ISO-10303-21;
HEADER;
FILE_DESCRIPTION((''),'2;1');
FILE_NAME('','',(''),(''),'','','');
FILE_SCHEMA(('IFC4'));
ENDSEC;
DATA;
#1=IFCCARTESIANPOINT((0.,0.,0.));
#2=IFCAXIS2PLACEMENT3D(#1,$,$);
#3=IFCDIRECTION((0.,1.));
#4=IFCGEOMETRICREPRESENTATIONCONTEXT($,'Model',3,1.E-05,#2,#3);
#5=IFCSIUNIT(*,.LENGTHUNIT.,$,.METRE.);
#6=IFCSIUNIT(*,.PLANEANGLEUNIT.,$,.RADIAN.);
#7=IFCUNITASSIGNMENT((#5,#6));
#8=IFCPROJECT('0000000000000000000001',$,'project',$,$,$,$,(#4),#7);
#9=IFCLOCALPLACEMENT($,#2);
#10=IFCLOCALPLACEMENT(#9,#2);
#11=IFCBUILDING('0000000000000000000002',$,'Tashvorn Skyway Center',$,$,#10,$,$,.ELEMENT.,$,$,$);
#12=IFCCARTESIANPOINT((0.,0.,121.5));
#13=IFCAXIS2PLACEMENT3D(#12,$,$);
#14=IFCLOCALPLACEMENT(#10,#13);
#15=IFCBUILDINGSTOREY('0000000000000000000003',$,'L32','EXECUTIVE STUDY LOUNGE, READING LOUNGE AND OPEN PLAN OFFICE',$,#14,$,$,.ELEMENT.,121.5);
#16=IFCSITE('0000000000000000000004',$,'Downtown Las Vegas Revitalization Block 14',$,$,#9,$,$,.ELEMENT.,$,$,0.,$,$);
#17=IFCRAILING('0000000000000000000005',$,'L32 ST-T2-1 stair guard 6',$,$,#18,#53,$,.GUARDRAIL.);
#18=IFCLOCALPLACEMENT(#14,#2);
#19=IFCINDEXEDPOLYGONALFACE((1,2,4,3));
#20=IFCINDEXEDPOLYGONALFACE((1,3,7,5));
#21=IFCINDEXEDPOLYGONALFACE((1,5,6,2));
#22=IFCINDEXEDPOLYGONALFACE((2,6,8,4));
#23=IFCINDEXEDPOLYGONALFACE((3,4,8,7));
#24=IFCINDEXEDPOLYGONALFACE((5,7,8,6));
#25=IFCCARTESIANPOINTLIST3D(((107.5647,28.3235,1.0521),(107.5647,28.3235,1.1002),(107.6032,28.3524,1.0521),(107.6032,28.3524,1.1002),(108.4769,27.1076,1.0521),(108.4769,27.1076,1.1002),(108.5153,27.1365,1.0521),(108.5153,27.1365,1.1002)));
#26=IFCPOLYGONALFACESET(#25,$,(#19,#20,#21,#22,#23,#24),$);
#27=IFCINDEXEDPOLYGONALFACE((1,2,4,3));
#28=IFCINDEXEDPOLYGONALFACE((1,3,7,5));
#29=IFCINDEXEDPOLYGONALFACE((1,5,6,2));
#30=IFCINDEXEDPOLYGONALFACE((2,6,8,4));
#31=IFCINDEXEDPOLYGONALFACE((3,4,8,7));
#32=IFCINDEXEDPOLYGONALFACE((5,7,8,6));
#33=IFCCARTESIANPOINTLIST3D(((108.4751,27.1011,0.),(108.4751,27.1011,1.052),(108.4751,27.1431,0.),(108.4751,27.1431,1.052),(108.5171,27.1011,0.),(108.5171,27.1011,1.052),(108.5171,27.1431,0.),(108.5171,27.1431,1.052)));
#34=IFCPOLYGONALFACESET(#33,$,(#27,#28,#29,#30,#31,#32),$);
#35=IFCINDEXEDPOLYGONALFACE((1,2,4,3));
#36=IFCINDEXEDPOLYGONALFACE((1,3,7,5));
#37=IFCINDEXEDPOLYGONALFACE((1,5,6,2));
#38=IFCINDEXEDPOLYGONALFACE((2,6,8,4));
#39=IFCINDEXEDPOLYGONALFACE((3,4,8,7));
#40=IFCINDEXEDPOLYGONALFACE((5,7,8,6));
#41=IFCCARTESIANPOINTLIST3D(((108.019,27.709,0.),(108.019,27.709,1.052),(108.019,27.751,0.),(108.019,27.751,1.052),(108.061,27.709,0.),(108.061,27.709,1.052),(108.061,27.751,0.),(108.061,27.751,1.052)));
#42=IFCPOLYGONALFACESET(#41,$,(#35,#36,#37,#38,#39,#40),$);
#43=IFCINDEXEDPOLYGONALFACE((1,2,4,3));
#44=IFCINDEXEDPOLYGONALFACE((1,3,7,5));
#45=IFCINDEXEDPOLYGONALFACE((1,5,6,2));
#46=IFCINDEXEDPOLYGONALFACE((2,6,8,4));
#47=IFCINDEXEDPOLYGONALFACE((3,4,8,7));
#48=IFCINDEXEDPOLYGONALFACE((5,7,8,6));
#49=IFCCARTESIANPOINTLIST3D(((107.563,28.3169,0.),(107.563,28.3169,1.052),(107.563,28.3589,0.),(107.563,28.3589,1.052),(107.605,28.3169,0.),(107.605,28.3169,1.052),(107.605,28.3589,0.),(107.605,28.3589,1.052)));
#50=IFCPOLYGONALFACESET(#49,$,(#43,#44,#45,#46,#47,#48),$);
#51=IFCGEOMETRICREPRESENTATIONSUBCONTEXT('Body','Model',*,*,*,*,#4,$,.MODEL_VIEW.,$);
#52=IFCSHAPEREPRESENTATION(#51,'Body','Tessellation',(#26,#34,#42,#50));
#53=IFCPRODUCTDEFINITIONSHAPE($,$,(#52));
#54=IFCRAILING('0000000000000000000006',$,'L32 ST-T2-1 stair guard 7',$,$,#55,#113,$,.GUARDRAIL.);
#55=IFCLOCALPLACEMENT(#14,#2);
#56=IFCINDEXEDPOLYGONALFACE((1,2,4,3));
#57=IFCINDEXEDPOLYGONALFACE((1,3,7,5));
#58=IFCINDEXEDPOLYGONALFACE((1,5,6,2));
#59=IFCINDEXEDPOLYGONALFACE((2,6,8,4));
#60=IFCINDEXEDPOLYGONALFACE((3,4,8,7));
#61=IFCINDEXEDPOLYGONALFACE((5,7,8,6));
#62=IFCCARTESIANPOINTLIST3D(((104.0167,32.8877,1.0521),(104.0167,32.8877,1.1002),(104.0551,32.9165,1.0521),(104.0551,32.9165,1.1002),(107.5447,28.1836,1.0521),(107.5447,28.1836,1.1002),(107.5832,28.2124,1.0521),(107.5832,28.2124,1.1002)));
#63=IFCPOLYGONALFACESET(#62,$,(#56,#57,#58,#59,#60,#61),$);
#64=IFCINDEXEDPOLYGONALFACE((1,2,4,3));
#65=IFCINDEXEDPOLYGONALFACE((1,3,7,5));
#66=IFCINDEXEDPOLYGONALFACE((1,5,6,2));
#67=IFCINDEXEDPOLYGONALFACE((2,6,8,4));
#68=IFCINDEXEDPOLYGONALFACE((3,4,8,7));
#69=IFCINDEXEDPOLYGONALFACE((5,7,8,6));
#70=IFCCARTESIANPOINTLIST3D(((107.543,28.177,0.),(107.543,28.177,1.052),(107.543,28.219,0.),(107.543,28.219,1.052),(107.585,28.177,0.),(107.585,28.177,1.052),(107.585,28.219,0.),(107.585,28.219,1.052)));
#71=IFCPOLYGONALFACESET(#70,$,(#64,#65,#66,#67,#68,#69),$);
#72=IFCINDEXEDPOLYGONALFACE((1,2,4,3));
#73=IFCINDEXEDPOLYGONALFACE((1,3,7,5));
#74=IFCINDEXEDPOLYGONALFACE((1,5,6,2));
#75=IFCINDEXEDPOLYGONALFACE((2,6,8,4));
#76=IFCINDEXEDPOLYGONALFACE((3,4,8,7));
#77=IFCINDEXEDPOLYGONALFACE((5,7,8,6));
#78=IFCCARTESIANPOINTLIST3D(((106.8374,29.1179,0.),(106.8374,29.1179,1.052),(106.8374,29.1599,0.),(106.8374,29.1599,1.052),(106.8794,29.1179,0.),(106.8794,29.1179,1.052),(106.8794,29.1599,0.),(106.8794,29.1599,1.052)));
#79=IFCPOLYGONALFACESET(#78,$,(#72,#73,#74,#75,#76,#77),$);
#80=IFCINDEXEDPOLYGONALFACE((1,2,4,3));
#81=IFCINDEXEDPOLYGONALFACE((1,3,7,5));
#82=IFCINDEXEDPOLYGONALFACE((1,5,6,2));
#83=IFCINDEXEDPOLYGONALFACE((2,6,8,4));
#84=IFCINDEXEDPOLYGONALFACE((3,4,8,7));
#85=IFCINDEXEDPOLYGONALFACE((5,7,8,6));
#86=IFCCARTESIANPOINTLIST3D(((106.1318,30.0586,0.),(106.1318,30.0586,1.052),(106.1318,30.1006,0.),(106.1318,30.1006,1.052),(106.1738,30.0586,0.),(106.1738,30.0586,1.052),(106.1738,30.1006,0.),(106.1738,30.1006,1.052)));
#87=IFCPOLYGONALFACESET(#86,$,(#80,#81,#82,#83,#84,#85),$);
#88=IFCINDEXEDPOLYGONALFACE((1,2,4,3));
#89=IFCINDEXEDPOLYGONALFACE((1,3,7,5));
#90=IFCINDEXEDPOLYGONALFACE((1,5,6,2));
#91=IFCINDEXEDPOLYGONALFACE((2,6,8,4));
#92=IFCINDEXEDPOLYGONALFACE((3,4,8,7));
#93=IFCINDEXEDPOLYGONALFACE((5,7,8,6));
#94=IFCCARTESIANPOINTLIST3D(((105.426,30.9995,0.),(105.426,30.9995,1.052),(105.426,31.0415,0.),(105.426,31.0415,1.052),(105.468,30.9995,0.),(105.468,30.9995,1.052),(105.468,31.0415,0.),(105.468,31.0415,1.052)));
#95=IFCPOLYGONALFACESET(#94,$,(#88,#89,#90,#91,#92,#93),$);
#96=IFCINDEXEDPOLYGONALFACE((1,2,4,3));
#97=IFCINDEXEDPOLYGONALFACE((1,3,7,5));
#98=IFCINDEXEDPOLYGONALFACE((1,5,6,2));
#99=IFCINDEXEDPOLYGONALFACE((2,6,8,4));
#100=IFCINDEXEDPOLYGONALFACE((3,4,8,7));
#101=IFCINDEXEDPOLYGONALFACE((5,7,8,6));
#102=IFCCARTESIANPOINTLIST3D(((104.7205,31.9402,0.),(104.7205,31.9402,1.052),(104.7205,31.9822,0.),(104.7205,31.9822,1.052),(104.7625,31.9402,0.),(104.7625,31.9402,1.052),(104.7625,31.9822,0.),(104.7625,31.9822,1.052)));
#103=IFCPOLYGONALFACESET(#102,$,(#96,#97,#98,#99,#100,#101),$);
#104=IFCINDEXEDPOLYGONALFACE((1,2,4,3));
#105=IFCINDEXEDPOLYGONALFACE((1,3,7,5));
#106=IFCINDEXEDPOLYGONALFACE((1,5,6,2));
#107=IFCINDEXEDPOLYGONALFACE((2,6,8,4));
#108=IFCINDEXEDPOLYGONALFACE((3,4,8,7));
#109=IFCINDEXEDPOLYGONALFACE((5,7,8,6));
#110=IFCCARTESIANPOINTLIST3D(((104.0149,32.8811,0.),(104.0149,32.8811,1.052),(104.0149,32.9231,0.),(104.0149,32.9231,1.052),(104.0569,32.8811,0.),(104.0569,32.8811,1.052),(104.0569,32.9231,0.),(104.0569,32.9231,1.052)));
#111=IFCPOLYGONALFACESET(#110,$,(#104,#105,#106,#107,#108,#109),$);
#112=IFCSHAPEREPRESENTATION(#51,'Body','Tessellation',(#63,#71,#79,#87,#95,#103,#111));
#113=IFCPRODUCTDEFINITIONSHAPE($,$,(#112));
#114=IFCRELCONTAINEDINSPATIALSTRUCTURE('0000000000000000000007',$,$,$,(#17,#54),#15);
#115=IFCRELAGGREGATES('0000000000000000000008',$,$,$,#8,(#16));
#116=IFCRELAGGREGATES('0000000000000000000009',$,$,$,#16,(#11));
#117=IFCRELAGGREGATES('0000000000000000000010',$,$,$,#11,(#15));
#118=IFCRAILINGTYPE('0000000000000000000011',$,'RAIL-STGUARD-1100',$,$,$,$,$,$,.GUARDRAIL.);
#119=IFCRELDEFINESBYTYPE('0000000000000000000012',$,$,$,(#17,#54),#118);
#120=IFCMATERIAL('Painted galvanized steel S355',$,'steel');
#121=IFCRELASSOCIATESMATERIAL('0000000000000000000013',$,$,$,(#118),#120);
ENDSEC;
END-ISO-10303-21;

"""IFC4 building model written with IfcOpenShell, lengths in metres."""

from ifc_helpers import new_model, si_unit, direction, frame, origin, origin_2d, place, context, subcontext, project, spatial, rectangle, extrude, material, type_object, element, save


model = new_model("IFC4")

# Units and contexts
model_context = context("Model", 3, precision=1e-05, world=origin(), true_north=direction((0.0, 1.0)))
body_context = subcontext(model_context, "Body", "Model", "MODEL_VIEW")
ifc_project = project(units=[si_unit("LENGTHUNIT", "METRE"), si_unit("PLANEANGLEUNIT", "RADIAN")], contexts=[model_context])

# Site, building, storey
site_placement = place(None, origin())
site = spatial("IfcSite", under=ifc_project, at=site_placement, Name="Downtown Las Vegas Revitalization Block 14", CompositionType="ELEMENT", RefElevation=0.0)
building_placement = place(site_placement, origin())
building = spatial("IfcBuilding", under=site, at=building_placement, Name="Tashvorn Skyway Center", CompositionType="ELEMENT")
storey_placement = place(building_placement, frame((0.0, 0.0, 121.5)))
storey = spatial("IfcBuildingStorey", under=building, at=storey_placement, Name="L32", Description="EXECUTIVE STUDY LOUNGE, READING LOUNGE AND OPEN PLAN OFFICE", CompositionType="ELEMENT", Elevation=121.5)

# Railings
ifc_material_1 = material(Name="Painted galvanized steel S355", Category="steel")
railing_type = type_object("IfcRailingType", Name="RAIL-STGUARD-1100", PredefinedType="GUARDRAIL", material=ifc_material_1)
railing_1_placement = place(storey_placement, frame((108.4961, 27.1221, 0.0)))
element("IfcRailing", 1, at=railing_1_placement, inside=storey, type_object=railing_type, Name="L32 ST-T2-1 stair guard 6", PredefinedType="GUARDRAIL", context=body_context, shape_type="SweptSolid", body=[
    extrude(rectangle(XDim=0.0481, YDim=0.0481, at=origin_2d()), frame((0.0, 0.0, 1.0762), z_axis=(-0.600103, 0.799923, 0.0), x_axis=(-0.799923, -0.600103, 0.0)), (0.0, 0.0, 1.0), 1.52),
    extrude(rectangle(XDim=0.042, YDim=0.042, at=origin_2d()), origin(), (0.0, 0.0, 1.0), 1.052),
    extrude(rectangle(XDim=0.042, YDim=0.042, at=origin_2d()), frame((-0.4561, 0.6079, 0.0)), (0.0, 0.0, 1.0), 1.052),
    extrude(rectangle(XDim=0.042, YDim=0.042, at=origin_2d()), frame((-0.9121, 1.2158, 0.0)), (0.0, 0.0, 1.0), 1.052),
])
railing_2_placement = place(storey_placement, frame((107.564, 28.198, 0.0)))
element("IfcRailing", 2, at=railing_2_placement, inside=storey, type_object=railing_type, Name="L32 ST-T2-1 stair guard 7", PredefinedType="GUARDRAIL", context=body_context, shape_type="SweptSolid", body=[
    extrude(rectangle(XDim=0.0481, YDim=0.0481, at=origin_2d()), frame((0.0, 0.0, 1.0762), z_axis=(-0.6, 0.8, 0.0), x_axis=(-0.8, -0.6, 0.0)), (0.0, 0.0, 1.0), 5.8801),
    extrude(rectangle(XDim=0.042, YDim=0.042, at=origin_2d()), origin(), (0.0, 0.0, 1.0), 1.052),
    extrude(rectangle(XDim=0.042, YDim=0.042, at=origin_2d()), frame((-0.7056, 0.9409, 0.0)), (0.0, 0.0, 1.0), 1.052),
    extrude(rectangle(XDim=0.042, YDim=0.042, at=origin_2d()), frame((-1.4111, 1.8816, 0.0)), (0.0, 0.0, 1.0), 1.052),
    extrude(rectangle(XDim=0.042, YDim=0.042, at=origin_2d()), frame((-2.1169, 2.8225, 0.0)), (0.0, 0.0, 1.0), 1.052),
    extrude(rectangle(XDim=0.042, YDim=0.042, at=origin_2d()), frame((-2.8225, 3.7632, 0.0)), (0.0, 0.0, 1.0), 1.052),
    extrude(rectangle(XDim=0.042, YDim=0.042, at=origin_2d()), frame((-3.5281, 4.7041, 0.0)), (0.0, 0.0, 1.0), 1.052),
])

save(model, "model.ifc")
